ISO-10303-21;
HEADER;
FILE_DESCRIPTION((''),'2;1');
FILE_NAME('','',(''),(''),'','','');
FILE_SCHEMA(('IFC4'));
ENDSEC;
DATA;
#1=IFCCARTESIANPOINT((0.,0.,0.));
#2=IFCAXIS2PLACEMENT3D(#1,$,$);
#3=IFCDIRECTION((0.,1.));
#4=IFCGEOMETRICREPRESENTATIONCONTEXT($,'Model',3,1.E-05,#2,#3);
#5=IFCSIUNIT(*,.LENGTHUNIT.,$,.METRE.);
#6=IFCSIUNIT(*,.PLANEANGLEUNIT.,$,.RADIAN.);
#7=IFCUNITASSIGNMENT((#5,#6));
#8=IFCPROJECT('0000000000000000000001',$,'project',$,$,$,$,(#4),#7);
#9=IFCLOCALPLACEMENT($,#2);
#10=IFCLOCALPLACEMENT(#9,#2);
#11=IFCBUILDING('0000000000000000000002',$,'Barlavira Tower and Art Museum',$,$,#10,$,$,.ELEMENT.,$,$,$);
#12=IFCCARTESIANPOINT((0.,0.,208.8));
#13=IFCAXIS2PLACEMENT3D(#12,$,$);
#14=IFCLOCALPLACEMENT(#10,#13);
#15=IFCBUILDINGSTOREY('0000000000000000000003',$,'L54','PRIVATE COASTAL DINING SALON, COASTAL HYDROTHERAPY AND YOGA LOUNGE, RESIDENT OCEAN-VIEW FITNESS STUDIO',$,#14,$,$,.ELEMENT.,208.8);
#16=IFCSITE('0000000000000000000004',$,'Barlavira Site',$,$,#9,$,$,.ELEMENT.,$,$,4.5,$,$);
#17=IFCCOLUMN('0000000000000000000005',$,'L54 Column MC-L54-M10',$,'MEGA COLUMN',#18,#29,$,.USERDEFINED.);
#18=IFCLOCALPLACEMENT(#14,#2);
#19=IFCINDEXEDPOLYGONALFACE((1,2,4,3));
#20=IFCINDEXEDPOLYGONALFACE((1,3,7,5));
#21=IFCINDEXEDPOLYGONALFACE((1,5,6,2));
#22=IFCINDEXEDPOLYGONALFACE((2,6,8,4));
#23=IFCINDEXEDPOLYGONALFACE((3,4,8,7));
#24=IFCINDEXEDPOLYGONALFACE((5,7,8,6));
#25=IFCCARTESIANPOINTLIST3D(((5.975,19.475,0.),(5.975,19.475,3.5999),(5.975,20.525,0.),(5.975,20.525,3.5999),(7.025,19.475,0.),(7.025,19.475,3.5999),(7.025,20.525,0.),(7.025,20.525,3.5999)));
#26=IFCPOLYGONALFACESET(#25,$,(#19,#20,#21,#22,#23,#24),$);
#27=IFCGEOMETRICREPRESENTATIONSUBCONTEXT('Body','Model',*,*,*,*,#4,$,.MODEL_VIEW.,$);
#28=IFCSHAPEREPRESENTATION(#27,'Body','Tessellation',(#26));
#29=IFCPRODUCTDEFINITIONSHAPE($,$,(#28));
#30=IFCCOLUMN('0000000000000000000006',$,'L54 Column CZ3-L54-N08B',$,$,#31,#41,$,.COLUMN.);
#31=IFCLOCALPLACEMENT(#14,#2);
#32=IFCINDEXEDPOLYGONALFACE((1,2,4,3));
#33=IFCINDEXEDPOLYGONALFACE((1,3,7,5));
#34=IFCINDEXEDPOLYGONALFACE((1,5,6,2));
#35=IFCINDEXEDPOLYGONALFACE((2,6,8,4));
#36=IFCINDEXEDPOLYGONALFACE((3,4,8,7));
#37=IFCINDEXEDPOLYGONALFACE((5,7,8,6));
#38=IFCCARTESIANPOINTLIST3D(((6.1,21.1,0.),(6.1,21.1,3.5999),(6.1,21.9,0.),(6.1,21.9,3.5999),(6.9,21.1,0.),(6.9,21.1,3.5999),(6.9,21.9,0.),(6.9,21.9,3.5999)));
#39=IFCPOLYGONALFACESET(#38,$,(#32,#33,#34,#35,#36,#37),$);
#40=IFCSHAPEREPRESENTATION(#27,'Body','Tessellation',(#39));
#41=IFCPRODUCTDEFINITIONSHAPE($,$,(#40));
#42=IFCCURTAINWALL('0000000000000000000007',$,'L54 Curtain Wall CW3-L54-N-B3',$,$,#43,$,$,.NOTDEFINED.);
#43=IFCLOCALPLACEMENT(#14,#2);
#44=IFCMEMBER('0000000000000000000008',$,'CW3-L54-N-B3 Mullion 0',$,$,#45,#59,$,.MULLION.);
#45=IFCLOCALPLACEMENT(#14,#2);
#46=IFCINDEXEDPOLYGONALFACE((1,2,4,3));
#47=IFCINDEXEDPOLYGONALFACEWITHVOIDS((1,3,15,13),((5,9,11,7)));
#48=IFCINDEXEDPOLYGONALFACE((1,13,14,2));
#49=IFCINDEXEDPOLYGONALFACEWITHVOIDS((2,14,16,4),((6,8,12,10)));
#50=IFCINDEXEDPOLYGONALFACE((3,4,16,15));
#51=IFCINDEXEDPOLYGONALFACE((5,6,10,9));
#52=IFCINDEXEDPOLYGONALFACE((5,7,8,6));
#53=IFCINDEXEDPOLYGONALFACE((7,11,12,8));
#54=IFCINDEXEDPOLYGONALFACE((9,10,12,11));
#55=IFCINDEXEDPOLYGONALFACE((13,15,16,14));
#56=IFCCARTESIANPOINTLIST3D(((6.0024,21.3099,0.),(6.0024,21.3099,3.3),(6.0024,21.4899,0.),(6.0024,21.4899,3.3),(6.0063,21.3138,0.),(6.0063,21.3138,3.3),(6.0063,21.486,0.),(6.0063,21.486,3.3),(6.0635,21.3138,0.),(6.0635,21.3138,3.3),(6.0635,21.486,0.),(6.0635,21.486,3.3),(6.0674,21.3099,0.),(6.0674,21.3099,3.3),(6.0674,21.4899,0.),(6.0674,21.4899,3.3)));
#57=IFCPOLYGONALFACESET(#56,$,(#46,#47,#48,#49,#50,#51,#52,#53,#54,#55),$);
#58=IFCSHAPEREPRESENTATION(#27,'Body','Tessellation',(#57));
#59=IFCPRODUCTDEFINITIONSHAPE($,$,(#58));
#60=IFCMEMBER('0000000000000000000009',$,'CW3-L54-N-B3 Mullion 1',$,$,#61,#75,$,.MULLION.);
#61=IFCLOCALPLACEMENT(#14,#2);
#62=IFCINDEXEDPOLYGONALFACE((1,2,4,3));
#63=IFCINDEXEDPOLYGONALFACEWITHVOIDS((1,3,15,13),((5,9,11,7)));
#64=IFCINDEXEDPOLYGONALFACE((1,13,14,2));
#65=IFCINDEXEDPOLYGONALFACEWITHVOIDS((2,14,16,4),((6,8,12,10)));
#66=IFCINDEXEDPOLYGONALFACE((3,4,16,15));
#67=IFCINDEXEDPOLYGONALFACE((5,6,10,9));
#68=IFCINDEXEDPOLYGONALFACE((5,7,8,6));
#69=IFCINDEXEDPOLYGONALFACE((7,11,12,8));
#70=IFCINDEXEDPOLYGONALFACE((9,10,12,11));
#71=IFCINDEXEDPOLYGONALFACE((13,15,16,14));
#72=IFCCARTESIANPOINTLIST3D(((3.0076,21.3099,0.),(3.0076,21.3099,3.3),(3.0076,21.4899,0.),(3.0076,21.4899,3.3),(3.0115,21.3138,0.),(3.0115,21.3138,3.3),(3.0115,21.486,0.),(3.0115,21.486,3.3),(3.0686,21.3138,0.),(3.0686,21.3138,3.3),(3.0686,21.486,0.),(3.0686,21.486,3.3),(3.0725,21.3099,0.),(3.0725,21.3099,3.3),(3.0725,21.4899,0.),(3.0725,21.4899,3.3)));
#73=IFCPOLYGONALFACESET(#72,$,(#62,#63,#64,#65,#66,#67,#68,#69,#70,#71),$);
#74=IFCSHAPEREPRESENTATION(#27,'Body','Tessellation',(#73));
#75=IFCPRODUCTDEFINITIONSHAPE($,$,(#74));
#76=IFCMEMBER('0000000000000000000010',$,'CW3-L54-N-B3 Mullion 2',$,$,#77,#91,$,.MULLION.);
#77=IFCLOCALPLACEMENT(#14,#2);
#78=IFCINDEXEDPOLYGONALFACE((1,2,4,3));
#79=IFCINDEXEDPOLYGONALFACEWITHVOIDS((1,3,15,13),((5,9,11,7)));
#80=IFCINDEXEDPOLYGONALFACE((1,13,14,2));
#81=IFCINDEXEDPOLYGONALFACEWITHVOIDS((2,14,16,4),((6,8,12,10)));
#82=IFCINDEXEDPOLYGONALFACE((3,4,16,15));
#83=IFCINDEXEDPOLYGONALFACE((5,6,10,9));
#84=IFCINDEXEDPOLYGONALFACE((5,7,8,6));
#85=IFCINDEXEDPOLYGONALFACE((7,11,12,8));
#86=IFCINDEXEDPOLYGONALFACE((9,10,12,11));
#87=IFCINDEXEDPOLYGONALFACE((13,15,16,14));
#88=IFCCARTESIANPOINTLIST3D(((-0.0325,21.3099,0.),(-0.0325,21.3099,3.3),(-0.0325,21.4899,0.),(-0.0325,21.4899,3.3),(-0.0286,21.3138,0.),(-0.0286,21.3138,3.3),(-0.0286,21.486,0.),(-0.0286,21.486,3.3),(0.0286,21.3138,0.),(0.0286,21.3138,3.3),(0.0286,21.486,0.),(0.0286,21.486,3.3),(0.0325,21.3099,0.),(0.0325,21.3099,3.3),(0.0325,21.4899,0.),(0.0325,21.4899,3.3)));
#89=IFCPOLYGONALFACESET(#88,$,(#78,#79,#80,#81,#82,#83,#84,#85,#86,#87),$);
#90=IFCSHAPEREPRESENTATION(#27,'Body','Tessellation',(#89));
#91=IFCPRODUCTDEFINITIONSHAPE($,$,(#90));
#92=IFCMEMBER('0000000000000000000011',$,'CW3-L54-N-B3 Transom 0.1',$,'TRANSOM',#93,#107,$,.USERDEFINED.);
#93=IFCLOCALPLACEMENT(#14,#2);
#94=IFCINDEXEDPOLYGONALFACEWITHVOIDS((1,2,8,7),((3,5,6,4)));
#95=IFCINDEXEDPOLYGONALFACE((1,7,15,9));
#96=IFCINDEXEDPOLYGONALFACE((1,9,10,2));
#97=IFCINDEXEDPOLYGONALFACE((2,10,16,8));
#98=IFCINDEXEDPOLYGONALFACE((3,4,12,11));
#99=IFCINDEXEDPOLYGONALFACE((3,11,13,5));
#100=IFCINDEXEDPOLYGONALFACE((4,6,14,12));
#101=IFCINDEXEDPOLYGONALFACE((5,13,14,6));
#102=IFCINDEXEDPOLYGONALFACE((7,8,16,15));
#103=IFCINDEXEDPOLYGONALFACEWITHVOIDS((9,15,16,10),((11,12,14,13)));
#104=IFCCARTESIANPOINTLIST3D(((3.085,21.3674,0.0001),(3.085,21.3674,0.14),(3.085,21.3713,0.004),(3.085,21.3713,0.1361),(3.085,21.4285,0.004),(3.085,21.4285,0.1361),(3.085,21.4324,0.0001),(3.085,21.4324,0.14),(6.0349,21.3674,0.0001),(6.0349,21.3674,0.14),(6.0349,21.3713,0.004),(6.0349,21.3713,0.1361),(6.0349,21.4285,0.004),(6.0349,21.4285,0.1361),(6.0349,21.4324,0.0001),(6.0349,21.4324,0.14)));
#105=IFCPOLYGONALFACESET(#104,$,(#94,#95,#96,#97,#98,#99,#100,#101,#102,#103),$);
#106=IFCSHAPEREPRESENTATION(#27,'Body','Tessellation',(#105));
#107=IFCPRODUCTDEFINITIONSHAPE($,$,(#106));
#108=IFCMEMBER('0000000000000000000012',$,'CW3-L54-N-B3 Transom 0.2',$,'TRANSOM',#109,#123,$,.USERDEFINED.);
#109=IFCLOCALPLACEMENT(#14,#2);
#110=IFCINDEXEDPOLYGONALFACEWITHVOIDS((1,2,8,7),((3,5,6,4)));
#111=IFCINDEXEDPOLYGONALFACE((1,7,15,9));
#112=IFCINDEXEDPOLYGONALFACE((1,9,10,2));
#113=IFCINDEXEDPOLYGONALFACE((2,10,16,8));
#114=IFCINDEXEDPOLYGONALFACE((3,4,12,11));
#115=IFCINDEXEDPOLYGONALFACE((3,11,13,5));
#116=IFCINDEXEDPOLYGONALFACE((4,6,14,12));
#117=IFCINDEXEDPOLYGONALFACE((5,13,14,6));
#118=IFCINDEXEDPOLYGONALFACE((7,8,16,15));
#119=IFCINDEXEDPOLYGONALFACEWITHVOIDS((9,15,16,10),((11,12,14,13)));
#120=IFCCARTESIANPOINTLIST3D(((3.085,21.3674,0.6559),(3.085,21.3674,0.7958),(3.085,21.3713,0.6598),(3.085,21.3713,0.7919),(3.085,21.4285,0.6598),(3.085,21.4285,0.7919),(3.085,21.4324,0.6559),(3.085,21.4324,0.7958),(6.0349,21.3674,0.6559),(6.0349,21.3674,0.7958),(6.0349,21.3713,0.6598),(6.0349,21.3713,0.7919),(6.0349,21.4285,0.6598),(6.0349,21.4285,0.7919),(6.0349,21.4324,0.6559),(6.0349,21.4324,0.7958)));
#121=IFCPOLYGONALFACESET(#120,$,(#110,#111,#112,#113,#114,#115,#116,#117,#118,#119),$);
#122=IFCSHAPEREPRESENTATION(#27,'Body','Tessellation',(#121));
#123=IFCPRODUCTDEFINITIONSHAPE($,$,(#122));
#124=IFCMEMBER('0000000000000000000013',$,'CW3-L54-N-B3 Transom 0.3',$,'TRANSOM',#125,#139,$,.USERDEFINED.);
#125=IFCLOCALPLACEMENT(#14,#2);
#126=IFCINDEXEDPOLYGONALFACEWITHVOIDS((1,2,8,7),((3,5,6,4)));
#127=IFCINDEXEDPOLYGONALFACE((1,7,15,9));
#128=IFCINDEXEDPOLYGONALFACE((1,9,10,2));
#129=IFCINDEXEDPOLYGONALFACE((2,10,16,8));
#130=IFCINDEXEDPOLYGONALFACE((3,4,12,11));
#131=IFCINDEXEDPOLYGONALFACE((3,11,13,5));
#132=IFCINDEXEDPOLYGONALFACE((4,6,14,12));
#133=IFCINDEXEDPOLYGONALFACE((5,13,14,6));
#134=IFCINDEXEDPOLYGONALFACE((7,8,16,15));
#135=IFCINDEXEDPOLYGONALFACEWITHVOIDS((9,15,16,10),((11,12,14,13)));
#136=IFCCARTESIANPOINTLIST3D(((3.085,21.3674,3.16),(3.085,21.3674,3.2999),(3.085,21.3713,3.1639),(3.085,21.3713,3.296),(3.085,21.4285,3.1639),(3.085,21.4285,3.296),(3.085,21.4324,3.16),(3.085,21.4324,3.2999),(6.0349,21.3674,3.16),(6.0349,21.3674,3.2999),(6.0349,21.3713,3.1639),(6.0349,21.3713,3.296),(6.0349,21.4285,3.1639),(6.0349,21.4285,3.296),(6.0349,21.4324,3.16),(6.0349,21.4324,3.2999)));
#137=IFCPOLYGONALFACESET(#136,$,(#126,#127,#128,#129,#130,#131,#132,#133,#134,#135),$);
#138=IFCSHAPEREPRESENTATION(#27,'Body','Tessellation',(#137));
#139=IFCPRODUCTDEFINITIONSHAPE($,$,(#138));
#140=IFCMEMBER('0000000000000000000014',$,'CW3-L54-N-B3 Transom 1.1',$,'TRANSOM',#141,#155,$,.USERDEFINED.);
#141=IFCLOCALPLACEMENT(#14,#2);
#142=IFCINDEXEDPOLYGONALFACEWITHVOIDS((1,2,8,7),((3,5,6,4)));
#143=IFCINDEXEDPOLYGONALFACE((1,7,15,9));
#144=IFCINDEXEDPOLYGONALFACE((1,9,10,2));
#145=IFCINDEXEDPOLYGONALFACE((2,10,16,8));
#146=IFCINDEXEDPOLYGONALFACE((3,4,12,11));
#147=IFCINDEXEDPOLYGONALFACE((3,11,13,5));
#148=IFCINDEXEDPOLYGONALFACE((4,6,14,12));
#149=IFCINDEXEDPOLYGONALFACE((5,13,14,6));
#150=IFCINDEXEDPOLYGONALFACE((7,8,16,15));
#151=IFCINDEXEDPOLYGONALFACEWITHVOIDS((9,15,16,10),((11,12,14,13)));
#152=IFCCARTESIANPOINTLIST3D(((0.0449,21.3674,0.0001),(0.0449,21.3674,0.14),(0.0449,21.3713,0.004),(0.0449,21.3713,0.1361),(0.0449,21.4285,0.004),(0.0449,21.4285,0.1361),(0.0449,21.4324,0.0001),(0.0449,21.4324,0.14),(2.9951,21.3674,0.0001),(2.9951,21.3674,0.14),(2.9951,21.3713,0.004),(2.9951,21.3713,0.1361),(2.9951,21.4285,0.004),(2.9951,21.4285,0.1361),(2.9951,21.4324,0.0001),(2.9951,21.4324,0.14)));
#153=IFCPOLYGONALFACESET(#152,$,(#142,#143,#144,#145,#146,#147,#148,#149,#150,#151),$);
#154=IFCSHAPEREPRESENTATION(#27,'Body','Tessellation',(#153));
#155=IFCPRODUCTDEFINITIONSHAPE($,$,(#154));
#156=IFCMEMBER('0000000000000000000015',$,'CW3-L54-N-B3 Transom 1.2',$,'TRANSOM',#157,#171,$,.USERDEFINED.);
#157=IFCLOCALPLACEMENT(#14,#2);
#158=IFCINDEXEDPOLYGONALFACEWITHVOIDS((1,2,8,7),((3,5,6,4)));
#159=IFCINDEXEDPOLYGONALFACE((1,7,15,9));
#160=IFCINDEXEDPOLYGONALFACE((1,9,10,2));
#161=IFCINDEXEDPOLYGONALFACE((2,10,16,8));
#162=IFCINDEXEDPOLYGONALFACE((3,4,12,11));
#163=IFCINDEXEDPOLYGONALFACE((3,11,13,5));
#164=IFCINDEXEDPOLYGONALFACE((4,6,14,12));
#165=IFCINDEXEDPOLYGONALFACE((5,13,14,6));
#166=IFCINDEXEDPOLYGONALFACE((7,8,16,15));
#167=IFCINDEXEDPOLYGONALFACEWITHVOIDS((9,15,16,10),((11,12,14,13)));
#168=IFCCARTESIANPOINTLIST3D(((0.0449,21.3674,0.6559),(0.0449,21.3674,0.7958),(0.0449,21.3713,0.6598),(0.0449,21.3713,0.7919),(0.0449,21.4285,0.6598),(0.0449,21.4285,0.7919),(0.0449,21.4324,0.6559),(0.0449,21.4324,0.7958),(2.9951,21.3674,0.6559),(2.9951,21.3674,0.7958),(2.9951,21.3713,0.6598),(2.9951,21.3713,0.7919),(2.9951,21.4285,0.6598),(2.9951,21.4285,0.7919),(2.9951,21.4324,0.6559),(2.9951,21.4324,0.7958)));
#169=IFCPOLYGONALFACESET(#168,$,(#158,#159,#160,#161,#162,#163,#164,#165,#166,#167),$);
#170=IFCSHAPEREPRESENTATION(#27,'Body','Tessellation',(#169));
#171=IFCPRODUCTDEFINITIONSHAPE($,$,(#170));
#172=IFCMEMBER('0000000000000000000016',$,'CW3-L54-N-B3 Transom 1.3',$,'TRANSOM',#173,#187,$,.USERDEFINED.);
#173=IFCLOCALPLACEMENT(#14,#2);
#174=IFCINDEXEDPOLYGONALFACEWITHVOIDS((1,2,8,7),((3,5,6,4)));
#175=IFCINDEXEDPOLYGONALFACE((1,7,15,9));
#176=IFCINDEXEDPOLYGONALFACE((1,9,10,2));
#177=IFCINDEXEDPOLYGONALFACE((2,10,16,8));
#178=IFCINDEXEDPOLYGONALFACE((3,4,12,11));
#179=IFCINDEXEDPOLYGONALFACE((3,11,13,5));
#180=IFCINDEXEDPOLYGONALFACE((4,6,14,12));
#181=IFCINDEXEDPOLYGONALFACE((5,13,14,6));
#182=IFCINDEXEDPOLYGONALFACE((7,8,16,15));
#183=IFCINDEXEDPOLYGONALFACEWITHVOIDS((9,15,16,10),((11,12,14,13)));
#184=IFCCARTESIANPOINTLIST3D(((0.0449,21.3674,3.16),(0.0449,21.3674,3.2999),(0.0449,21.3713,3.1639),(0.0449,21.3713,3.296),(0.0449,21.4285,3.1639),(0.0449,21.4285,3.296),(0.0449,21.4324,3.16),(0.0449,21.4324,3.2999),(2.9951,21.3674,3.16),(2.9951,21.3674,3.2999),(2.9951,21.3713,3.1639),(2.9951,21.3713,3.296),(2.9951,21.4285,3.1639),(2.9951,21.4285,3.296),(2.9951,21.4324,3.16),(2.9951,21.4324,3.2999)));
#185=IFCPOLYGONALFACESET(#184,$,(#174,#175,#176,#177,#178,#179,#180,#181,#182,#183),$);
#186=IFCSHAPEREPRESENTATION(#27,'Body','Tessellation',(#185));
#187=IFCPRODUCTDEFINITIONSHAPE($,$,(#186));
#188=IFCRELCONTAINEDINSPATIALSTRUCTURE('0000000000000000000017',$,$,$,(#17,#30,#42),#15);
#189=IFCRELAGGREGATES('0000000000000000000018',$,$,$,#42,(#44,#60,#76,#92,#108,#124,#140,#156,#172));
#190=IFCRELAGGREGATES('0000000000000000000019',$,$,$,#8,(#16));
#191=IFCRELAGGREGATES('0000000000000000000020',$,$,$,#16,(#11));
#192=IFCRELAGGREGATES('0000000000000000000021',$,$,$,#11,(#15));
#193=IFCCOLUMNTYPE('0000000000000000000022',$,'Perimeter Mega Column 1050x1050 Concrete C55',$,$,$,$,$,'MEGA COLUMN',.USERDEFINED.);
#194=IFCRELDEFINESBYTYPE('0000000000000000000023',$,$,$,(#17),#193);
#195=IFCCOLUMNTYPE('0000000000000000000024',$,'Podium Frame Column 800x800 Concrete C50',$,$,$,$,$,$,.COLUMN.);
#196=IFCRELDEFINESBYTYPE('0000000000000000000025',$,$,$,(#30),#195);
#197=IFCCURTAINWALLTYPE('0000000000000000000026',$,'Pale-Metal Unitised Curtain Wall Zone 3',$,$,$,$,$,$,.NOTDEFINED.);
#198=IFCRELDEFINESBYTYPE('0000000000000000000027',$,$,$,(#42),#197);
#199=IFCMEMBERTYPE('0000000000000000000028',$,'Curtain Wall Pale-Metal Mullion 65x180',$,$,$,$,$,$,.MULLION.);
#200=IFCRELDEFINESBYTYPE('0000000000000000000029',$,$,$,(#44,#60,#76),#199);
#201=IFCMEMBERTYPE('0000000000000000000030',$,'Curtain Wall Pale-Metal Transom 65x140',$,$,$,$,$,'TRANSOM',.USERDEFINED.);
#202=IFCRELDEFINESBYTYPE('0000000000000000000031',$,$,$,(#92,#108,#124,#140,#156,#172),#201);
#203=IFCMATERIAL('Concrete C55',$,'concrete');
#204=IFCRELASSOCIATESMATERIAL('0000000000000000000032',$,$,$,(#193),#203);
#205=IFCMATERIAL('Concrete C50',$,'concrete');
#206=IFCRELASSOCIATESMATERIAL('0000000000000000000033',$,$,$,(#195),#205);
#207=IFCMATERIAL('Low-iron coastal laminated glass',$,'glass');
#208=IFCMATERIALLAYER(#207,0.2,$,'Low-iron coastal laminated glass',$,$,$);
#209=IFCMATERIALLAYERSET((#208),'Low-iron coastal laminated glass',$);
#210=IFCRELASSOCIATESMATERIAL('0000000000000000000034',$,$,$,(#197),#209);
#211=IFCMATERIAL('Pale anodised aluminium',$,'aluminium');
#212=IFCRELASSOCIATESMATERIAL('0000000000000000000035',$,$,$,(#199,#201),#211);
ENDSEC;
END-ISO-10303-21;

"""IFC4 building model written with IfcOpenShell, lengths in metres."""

from ifc_helpers import new_model, si_unit, direction, frame, origin, origin_2d, place, context, subcontext, project, spatial, rectangle, hollow_rectangle, extrude, material, layer, layer_set, material_profile, profile_set, type_object, element, aggregate, save


model = new_model("IFC4")

# Units and contexts
model_context = context("Model", 3, precision=1e-05, world=origin(), true_north=direction((0.0, 1.0)))
body_context = subcontext(model_context, "Body", "Model", "MODEL_VIEW")
ifc_project = project(units=[si_unit("LENGTHUNIT", "METRE"), si_unit("PLANEANGLEUNIT", "RADIAN")], contexts=[model_context])

# Site, building, storey
site_placement = place(None, origin())
site = spatial("IfcSite", under=ifc_project, at=site_placement, Name="Barlavira Site", CompositionType="ELEMENT", RefElevation=4.5)
building_placement = place(site_placement, origin())
building = spatial("IfcBuilding", under=site, at=building_placement, Name="Barlavira Tower and Art Museum", CompositionType="ELEMENT")
storey_placement = place(building_placement, frame((0.0, 0.0, 208.8)))
storey = spatial("IfcBuildingStorey", under=building, at=storey_placement, Name="L54", Description="PRIVATE COASTAL DINING SALON, COASTAL HYDROTHERAPY AND YOGA LOUNGE, RESIDENT OCEAN-VIEW FITNESS STUDIO", CompositionType="ELEMENT", Elevation=208.8)

# Columns
ifc_material_1 = material(Name="Concrete C55", Category="concrete")
ifc_material_profile_1 = material_profile(ifc_material_1, rectangle(XDim=1.05, YDim=1.05, at=origin_2d()), Name="RC-COL 1050x1050")
ifc_profile_set_1 = profile_set([ifc_material_profile_1], Name="Concrete C55")
column_type_1 = type_object("IfcColumnType", Name="Perimeter Mega Column 1050x1050 Concrete C55", ElementType="MEGA COLUMN", PredefinedType="USERDEFINED", material=ifc_profile_set_1)
column_1_placement = place(storey_placement, frame((6.5, 20.0, 0.0), z_axis=(0.0, 0.0, 1.0), x_axis=(1.0, 0.0, 0.0)))
element("IfcColumn", 1, at=column_1_placement, inside=storey, type_object=column_type_1, Name="L54 Column MC-L54-M10", ObjectType="MEGA COLUMN", PredefinedType="USERDEFINED", context=body_context, shape_type="SweptSolid", body=[
    extrude(rectangle(XDim=1.05, YDim=1.05, at=origin_2d()), origin(), (0.0, 0.0, 1.0), 3.5999),
])
ifc_material_2 = material(Name="Concrete C50", Category="concrete")
ifc_material_profile_2 = material_profile(ifc_material_2, rectangle(XDim=0.8, YDim=0.8, at=origin_2d()), Name="RC-COL 800x800")
ifc_profile_set_2 = profile_set([ifc_material_profile_2], Name="Concrete C50")
column_type_2 = type_object("IfcColumnType", Name="Podium Frame Column 800x800 Concrete C50", PredefinedType="COLUMN", material=ifc_profile_set_2)
column_2_placement = place(storey_placement, frame((6.5, 21.5, 0.0), z_axis=(0.0, 0.0, 1.0), x_axis=(1.0, 0.0, 0.0)))
element("IfcColumn", 2, at=column_2_placement, inside=storey, type_object=column_type_2, Name="L54 Column CZ3-L54-N08B", PredefinedType="COLUMN", context=body_context, shape_type="SweptSolid", body=[
    extrude(rectangle(XDim=0.8, YDim=0.8, at=origin_2d()), origin(), (0.0, 0.0, 1.0), 3.5999),
])

# Curtain wall, members
ifc_material_3 = material(Name="Low-iron coastal laminated glass", Category="glass")
ifc_layer_1 = layer(ifc_material_3, 0.2, Name="Low-iron coastal laminated glass")
ifc_layer_set_1 = layer_set([ifc_layer_1], Name="Low-iron coastal laminated glass")
curtain_wall_type = type_object("IfcCurtainWallType", Name="Pale-Metal Unitised Curtain Wall Zone 3", PredefinedType="NOTDEFINED", material=ifc_layer_set_1)
curtain_wall_placement = place(storey_placement, origin())
curtain_wall = element("IfcCurtainWall", 3, at=curtain_wall_placement, inside=storey, type_object=curtain_wall_type, Name="L54 Curtain Wall CW3-L54-N-B3", PredefinedType="NOTDEFINED")
ifc_material_4 = material(Name="Pale anodised aluminium", Category="aluminium")
ifc_material_profile_3 = material_profile(ifc_material_4, hollow_rectangle(XDim=0.0649, YDim=0.1799, WallThickness=0.0039, at=origin_2d()), Name="ALU-MULL 65x180x4")
ifc_profile_set_3 = profile_set([ifc_material_profile_3], Name="Pale anodised aluminium")
member_type_1 = type_object("IfcMemberType", Name="Curtain Wall Pale-Metal Mullion 65x180", PredefinedType="MULLION", material=ifc_profile_set_3)
member_1_placement = place(storey_placement, frame((6.0349, 21.3999, 0.0), z_axis=(0.0, 0.0, 1.0), x_axis=(-1.0, 0.0, 0.0)))
member_1 = element("IfcMember", 4, at=member_1_placement, type_object=member_type_1, Name="CW3-L54-N-B3 Mullion 0", PredefinedType="MULLION", context=body_context, shape_type="SweptSolid", body=[
    extrude(hollow_rectangle(XDim=0.0649, YDim=0.1799, WallThickness=0.0039, at=origin_2d()), origin(), (0.0, 0.0, 1.0), 3.3),
])
member_2_placement = place(storey_placement, frame((3.04, 21.3999, 0.0), z_axis=(0.0, 0.0, 1.0), x_axis=(-1.0, 0.0, 0.0)))
member_2 = element("IfcMember", 5, at=member_2_placement, type_object=member_type_1, Name="CW3-L54-N-B3 Mullion 1", PredefinedType="MULLION", context=body_context, shape_type="SweptSolid", body=[
    extrude(hollow_rectangle(XDim=0.0649, YDim=0.1799, WallThickness=0.0039, at=origin_2d()), origin(), (0.0, 0.0, 1.0), 3.3),
])
member_3_placement = place(storey_placement, frame((0.0, 21.3999, 0.0), z_axis=(0.0, 0.0, 1.0), x_axis=(-1.0, 0.0, 0.0)))
member_3 = element("IfcMember", 6, at=member_3_placement, type_object=member_type_1, Name="CW3-L54-N-B3 Mullion 2", PredefinedType="MULLION", context=body_context, shape_type="SweptSolid", body=[
    extrude(hollow_rectangle(XDim=0.0649, YDim=0.1799, WallThickness=0.0039, at=origin_2d()), origin(), (0.0, 0.0, 1.0), 3.3),
])
ifc_material_profile_4 = material_profile(ifc_material_4, hollow_rectangle(XDim=0.0649, YDim=0.1399, WallThickness=0.0039, at=origin_2d()), Name="ALU-TRAN 65x140x4")
ifc_profile_set_4 = profile_set([ifc_material_profile_4], Name="Pale anodised aluminium")
member_type_2 = type_object("IfcMemberType", Name="Curtain Wall Pale-Metal Transom 65x140", ElementType="TRANSOM", PredefinedType="USERDEFINED", material=ifc_profile_set_4)
member_4_placement = place(storey_placement, frame((6.0349, 21.3999, 0.0701), z_axis=(-1.0, 0.0, 0.0), x_axis=(0.0, -1.0, 0.0)))
member_4 = element("IfcMember", 7, at=member_4_placement, type_object=member_type_2, Name="CW3-L54-N-B3 Transom 0.1", ObjectType="TRANSOM", PredefinedType="USERDEFINED", context=body_context, shape_type="SweptSolid", body=[
    extrude(hollow_rectangle(XDim=0.0649, YDim=0.1399, WallThickness=0.0039, at=origin_2d()), origin(), (0.0, 0.0, 1.0), 2.95),
])
member_5_placement = place(storey_placement, frame((6.0349, 21.3999, 0.7258), z_axis=(-1.0, 0.0, 0.0), x_axis=(0.0, -1.0, 0.0)))
member_5 = element("IfcMember", 8, at=member_5_placement, type_object=member_type_2, Name="CW3-L54-N-B3 Transom 0.2", ObjectType="TRANSOM", PredefinedType="USERDEFINED", context=body_context, shape_type="SweptSolid", body=[
    extrude(hollow_rectangle(XDim=0.0649, YDim=0.1399, WallThickness=0.0039, at=origin_2d()), origin(), (0.0, 0.0, 1.0), 2.95),
])
member_6_placement = place(storey_placement, frame((6.0349, 21.3999, 3.23), z_axis=(-1.0, 0.0, 0.0), x_axis=(0.0, -1.0, 0.0)))
member_6 = element("IfcMember", 9, at=member_6_placement, type_object=member_type_2, Name="CW3-L54-N-B3 Transom 0.3", ObjectType="TRANSOM", PredefinedType="USERDEFINED", context=body_context, shape_type="SweptSolid", body=[
    extrude(hollow_rectangle(XDim=0.0649, YDim=0.1399, WallThickness=0.0039, at=origin_2d()), origin(), (0.0, 0.0, 1.0), 2.95),
])
member_7_placement = place(storey_placement, frame((2.9951, 21.3999, 0.0701), z_axis=(-1.0, 0.0, 0.0), x_axis=(0.0, -1.0, 0.0)))
member_7 = element("IfcMember", 10, at=member_7_placement, type_object=member_type_2, Name="CW3-L54-N-B3 Transom 1.1", ObjectType="TRANSOM", PredefinedType="USERDEFINED", context=body_context, shape_type="SweptSolid", body=[
    extrude(hollow_rectangle(XDim=0.0649, YDim=0.1399, WallThickness=0.0039, at=origin_2d()), origin(), (0.0, 0.0, 1.0), 2.9502),
])
member_8_placement = place(storey_placement, frame((2.9951, 21.3999, 0.7258), z_axis=(-1.0, 0.0, 0.0), x_axis=(0.0, -1.0, 0.0)))
member_8 = element("IfcMember", 11, at=member_8_placement, type_object=member_type_2, Name="CW3-L54-N-B3 Transom 1.2", ObjectType="TRANSOM", PredefinedType="USERDEFINED", context=body_context, shape_type="SweptSolid", body=[
    extrude(hollow_rectangle(XDim=0.0649, YDim=0.1399, WallThickness=0.0039, at=origin_2d()), origin(), (0.0, 0.0, 1.0), 2.9502),
])
member_9_placement = place(storey_placement, frame((2.9951, 21.3999, 3.23), z_axis=(-1.0, 0.0, 0.0), x_axis=(0.0, -1.0, 0.0)))
member_9 = element("IfcMember", 12, at=member_9_placement, type_object=member_type_2, Name="CW3-L54-N-B3 Transom 1.3", ObjectType="TRANSOM", PredefinedType="USERDEFINED", context=body_context, shape_type="SweptSolid", body=[
    extrude(hollow_rectangle(XDim=0.0649, YDim=0.1399, WallThickness=0.0039, at=origin_2d()), origin(), (0.0, 0.0, 1.0), 2.9502),
])

aggregate(curtain_wall, [member_1, member_2, member_3, member_4, member_5, member_6, member_7, member_8, member_9])

save(model, "model.ifc")
